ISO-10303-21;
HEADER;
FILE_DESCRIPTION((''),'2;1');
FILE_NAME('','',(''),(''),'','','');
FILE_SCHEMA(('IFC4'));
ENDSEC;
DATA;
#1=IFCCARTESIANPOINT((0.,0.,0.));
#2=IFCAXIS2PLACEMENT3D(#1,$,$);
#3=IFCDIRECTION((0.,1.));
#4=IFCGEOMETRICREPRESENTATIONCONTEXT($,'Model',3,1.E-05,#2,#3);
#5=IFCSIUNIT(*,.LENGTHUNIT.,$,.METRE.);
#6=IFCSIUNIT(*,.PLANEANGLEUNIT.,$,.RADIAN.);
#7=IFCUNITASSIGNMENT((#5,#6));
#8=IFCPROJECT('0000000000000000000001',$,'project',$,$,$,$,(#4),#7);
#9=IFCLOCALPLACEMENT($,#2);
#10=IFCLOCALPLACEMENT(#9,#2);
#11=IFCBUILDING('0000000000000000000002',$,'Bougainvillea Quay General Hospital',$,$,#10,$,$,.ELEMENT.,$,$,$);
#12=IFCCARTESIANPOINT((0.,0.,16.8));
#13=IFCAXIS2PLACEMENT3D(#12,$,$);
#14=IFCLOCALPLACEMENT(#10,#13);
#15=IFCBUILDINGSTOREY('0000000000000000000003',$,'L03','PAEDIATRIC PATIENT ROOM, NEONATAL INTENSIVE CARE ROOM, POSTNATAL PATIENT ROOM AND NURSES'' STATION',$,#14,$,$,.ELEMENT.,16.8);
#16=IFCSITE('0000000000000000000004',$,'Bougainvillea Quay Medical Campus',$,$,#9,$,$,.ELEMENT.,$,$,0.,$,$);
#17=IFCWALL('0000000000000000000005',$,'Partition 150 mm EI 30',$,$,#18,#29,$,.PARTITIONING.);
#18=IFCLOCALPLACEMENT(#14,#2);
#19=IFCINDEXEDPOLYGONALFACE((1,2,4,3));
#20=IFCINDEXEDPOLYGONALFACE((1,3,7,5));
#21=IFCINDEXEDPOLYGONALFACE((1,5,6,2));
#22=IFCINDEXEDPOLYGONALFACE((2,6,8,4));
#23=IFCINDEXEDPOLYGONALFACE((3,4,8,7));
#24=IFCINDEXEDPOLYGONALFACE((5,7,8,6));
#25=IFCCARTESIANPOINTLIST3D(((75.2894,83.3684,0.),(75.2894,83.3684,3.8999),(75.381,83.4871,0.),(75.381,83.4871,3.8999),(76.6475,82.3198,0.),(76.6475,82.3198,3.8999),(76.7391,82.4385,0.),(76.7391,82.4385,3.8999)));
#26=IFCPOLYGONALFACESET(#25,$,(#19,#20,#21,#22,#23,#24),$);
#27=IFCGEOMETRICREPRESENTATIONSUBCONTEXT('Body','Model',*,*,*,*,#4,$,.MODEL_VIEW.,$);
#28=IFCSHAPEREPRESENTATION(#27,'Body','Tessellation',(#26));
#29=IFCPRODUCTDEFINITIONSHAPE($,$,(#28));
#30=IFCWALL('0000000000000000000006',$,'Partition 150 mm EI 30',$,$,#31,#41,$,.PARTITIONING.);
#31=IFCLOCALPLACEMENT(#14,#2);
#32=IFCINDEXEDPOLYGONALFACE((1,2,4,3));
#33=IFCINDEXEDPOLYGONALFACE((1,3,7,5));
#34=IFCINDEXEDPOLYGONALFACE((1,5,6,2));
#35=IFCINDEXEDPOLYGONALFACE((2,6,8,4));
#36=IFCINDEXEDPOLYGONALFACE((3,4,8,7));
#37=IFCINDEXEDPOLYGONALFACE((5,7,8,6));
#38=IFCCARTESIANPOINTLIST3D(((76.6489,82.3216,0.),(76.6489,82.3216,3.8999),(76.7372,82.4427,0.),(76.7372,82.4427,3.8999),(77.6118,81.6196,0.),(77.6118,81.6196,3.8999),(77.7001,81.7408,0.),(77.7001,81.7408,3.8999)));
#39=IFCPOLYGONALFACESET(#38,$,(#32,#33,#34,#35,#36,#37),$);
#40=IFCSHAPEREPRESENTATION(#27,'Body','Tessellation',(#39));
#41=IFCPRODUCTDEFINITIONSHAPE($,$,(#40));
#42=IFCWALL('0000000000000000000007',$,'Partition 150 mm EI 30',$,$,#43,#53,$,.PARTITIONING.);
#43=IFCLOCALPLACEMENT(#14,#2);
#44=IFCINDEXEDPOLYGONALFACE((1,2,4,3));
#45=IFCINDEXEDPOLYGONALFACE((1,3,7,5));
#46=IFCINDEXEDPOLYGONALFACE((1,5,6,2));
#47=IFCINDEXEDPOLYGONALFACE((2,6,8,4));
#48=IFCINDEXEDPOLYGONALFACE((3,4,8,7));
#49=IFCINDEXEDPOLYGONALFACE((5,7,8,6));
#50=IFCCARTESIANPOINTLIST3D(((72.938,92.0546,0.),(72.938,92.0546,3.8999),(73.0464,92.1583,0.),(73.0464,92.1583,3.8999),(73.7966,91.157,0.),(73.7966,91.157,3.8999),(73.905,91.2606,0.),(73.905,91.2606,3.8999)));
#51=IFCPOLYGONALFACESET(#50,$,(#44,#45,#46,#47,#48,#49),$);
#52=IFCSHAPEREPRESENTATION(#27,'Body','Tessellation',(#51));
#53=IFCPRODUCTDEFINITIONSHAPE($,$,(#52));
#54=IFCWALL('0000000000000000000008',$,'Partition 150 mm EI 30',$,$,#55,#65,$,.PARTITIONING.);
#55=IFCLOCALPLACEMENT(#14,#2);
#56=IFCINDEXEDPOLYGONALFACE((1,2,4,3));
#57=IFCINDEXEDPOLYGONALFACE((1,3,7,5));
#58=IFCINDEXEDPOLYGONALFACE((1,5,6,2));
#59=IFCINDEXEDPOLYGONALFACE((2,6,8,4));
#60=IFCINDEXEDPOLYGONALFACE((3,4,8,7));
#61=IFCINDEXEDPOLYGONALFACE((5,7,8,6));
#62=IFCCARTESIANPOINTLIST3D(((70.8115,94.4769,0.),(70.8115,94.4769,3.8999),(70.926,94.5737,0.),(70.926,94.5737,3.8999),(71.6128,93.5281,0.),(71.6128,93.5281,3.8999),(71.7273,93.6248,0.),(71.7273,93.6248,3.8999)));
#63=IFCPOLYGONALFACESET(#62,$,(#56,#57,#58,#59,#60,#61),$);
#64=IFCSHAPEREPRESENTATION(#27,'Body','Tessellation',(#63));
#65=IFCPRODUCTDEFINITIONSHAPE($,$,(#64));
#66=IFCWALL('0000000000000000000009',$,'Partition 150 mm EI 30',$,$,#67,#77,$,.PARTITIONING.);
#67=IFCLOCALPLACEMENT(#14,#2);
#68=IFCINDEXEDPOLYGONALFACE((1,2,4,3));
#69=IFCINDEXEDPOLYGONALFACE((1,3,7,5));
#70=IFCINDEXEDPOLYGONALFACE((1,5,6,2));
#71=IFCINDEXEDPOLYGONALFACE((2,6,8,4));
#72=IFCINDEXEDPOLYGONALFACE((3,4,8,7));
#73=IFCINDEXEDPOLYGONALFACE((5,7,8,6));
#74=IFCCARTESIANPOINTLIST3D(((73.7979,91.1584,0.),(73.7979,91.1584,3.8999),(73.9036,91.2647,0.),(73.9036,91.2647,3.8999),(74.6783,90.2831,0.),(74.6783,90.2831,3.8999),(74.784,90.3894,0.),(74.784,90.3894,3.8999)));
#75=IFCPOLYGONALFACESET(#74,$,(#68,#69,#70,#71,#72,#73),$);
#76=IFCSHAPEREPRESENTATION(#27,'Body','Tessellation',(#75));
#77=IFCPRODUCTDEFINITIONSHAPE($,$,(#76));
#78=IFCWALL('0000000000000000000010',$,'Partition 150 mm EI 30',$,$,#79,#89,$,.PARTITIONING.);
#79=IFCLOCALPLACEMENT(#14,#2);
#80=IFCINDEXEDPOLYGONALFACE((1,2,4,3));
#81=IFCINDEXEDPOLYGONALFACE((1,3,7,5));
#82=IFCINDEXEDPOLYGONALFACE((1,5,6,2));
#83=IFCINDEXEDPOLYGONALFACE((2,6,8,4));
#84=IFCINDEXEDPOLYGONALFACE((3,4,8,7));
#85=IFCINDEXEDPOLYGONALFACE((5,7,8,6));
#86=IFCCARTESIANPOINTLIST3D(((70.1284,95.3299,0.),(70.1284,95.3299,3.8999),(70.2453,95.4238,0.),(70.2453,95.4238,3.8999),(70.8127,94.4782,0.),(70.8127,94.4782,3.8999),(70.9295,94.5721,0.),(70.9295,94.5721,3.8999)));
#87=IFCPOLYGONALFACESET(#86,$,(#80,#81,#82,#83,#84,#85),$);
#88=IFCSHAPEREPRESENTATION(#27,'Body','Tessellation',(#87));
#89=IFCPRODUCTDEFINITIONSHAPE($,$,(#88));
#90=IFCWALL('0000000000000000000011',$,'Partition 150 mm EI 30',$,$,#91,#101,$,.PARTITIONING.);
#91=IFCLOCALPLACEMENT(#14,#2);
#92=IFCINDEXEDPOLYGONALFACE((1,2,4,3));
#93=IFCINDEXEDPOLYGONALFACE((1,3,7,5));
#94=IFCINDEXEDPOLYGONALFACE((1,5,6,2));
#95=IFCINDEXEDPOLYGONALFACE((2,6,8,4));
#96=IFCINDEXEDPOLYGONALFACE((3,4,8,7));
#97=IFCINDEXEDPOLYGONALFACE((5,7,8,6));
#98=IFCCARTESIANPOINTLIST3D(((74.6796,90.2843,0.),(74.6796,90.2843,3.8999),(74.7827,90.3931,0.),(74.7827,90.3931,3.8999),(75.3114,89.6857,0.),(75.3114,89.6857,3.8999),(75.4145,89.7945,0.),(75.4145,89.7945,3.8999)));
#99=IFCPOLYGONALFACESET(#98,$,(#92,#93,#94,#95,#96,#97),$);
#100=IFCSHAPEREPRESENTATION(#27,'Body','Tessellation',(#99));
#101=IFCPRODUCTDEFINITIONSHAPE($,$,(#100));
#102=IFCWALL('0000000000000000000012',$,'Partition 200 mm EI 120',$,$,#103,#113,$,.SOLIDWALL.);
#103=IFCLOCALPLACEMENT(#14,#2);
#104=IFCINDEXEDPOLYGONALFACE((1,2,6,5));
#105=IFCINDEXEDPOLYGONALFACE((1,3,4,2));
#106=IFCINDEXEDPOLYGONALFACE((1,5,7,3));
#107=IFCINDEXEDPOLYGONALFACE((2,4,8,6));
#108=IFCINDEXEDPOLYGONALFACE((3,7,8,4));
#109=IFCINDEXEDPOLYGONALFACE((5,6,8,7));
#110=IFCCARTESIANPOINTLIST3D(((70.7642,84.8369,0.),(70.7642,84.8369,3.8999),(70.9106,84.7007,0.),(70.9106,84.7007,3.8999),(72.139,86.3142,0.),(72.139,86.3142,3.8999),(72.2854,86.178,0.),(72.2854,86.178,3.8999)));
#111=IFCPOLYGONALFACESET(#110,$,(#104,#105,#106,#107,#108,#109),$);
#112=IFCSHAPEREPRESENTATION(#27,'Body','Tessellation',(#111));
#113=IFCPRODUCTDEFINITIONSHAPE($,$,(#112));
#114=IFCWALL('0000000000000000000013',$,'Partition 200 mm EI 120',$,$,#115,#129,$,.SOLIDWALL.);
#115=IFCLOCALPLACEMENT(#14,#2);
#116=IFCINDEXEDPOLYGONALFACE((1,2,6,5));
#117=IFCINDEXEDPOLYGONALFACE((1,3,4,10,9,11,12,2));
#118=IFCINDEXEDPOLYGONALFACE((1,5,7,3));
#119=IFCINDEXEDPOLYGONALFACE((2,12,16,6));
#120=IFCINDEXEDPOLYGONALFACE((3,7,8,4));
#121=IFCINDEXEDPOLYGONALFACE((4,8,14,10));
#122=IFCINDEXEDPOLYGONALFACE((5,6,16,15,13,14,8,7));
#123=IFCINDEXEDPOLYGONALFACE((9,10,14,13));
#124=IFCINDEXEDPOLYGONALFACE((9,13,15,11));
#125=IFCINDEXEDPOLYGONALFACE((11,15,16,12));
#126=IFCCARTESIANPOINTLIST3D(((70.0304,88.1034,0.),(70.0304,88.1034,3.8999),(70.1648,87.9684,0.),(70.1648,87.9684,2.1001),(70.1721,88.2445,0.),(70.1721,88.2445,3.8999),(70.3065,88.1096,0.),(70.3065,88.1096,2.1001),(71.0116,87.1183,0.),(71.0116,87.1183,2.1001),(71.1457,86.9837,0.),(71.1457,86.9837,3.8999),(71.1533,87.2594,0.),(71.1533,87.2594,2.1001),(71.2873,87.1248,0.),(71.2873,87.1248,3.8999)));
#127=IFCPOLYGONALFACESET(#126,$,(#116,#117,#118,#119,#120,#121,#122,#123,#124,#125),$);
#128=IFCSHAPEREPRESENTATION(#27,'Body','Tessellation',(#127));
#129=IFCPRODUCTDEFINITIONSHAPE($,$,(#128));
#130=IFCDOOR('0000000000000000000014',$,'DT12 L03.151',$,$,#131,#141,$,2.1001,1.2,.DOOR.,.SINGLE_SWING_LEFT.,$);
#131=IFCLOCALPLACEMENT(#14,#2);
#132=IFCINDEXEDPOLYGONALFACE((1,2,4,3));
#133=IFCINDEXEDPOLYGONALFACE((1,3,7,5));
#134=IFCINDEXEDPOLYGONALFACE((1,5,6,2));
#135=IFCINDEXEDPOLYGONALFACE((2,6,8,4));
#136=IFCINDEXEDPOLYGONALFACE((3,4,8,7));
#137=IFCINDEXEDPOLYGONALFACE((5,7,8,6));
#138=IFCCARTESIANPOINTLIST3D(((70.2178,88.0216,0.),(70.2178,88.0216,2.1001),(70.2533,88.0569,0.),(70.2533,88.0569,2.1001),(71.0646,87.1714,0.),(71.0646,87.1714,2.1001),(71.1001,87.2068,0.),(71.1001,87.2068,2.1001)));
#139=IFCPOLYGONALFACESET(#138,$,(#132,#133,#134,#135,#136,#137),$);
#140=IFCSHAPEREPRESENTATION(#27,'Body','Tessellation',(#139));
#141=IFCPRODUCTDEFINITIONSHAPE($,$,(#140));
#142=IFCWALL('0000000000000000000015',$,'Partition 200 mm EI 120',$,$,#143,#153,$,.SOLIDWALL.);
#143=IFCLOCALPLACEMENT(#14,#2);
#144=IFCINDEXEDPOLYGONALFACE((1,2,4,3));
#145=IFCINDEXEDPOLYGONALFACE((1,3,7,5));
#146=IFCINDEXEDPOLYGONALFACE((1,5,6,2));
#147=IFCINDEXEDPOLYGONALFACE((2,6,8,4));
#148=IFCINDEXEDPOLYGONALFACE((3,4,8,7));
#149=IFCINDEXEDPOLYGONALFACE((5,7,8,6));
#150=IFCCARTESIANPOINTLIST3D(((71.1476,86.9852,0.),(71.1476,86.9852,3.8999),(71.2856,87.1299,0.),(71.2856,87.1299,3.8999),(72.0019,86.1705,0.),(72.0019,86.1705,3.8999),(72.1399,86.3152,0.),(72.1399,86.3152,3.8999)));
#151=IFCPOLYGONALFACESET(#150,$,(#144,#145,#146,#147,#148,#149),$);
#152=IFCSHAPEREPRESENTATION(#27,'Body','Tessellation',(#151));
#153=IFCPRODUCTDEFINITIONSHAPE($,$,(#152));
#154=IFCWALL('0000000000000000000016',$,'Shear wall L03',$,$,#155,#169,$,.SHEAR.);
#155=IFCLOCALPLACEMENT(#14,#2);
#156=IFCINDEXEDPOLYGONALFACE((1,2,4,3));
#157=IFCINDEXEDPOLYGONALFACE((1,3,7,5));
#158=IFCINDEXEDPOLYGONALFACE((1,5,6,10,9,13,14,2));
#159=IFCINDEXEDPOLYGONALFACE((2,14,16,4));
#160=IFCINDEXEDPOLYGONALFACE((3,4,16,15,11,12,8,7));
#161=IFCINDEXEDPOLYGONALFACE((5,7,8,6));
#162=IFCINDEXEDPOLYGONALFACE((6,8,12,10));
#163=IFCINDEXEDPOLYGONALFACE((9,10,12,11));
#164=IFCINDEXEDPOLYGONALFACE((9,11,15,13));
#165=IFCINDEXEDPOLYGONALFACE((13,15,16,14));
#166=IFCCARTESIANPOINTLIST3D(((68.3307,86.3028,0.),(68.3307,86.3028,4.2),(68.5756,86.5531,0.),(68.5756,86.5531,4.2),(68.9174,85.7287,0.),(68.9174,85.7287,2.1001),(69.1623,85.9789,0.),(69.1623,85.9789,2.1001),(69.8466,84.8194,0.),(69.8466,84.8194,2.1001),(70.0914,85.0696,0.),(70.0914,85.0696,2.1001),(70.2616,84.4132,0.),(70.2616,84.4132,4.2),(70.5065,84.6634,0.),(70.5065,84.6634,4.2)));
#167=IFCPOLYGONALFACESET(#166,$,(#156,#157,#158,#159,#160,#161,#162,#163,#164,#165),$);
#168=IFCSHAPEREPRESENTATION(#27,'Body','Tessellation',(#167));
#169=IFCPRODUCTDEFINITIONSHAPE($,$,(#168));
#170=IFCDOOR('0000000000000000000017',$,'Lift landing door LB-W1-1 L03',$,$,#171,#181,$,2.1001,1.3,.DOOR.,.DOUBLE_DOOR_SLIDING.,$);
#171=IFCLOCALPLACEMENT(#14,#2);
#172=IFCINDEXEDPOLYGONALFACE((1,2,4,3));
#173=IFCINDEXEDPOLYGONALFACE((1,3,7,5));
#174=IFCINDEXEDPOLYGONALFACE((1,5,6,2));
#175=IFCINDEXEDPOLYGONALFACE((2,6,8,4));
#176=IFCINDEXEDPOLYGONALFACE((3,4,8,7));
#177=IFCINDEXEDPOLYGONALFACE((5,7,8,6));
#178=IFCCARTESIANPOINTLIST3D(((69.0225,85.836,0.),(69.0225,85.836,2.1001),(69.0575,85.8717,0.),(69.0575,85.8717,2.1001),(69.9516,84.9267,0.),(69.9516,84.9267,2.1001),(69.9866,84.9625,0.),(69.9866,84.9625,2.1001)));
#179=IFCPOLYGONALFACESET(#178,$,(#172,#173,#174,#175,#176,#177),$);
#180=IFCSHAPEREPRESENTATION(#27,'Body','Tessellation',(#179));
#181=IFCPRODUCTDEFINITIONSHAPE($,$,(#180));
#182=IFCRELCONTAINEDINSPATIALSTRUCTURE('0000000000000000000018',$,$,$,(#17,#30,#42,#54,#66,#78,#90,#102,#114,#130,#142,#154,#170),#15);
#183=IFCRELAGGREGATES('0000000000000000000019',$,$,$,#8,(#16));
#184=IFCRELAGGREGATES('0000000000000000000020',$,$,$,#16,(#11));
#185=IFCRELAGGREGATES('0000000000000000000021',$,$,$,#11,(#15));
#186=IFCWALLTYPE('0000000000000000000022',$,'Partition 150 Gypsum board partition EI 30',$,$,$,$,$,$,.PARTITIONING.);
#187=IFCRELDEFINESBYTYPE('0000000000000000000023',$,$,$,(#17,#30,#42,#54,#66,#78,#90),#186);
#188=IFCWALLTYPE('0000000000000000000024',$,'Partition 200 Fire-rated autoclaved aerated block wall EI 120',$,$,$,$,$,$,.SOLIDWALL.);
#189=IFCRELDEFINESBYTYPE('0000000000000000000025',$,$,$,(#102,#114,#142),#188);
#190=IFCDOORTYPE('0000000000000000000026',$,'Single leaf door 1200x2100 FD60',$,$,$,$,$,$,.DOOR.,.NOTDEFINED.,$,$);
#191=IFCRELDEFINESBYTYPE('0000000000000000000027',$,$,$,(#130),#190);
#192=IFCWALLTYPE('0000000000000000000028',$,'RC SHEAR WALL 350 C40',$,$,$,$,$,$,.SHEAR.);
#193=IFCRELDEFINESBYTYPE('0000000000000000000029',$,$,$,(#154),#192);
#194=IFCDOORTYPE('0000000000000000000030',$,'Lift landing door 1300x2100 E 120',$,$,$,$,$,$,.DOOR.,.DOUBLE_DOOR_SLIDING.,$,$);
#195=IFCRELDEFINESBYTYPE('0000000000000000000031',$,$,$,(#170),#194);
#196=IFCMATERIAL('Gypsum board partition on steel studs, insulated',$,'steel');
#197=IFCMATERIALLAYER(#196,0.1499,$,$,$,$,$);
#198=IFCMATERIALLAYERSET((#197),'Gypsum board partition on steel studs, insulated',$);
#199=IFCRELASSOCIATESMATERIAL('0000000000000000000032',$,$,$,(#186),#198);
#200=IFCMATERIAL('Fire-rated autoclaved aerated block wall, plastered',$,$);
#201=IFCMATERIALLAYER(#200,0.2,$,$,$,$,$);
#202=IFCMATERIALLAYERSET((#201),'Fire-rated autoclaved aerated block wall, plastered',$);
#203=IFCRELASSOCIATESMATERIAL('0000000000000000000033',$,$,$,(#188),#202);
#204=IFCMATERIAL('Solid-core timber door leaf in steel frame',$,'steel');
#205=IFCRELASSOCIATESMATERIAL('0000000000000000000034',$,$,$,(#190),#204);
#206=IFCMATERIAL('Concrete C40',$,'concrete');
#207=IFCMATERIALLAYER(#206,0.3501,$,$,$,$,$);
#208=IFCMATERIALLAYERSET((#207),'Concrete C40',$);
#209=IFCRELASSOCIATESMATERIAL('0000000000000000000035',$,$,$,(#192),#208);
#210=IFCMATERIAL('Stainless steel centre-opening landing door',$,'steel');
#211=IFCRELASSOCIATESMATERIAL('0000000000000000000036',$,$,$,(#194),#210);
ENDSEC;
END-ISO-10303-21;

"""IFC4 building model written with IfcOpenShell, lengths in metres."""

from ifc_helpers import new_model, si_unit, direction, frame, frame_2d, origin, place, context, subcontext, project, spatial, rectangle, extrude, material, layer, layer_set, type_object, element, fill, save


model = new_model("IFC4")

# Units and contexts
model_context = context("Model", 3, precision=1e-05, world=origin(), true_north=direction((0.0, 1.0)))
body_context = subcontext(model_context, "Body", "Model", "MODEL_VIEW")
ifc_project = project(units=[si_unit("LENGTHUNIT", "METRE"), si_unit("PLANEANGLEUNIT", "RADIAN")], contexts=[model_context])

# Site, building, storey
site_placement = place(None, origin())
site = spatial("IfcSite", under=ifc_project, at=site_placement, Name="Bougainvillea Quay Medical Campus", CompositionType="ELEMENT", RefElevation=0.0)
building_placement = place(site_placement, origin())
building = spatial("IfcBuilding", under=site, at=building_placement, Name="Bougainvillea Quay General Hospital", CompositionType="ELEMENT")
storey_placement = place(building_placement, frame((0.0, 0.0, 16.8)))
storey = spatial("IfcBuildingStorey", under=building, at=storey_placement, Name="L03", Description="PAEDIATRIC PATIENT ROOM, NEONATAL INTENSIVE CARE ROOM, POSTNATAL PATIENT ROOM AND NURSES' STATION", CompositionType="ELEMENT", Elevation=16.8)

# Shared definitions
ifc_material_1 = material(Name="Concrete C40", Category="concrete")

# Shared definitions
ifc_material_2 = material(Name="Gypsum board partition on steel studs, insulated", Category="steel")
ifc_layer_1 = layer(ifc_material_2, 0.1499)
ifc_layer_set_1 = layer_set([ifc_layer_1], Name="Gypsum board partition on steel studs, insulated")
wall_type_1 = type_object("IfcWallType", Name="Partition 150 Gypsum board partition EI 30", PredefinedType="PARTITIONING", material=ifc_layer_set_1)
ifc_material_3 = material(Name="Solid-core timber door leaf in steel frame", Category="steel")

# Walls
wall_1_placement = place(storey_placement, frame((75.3352, 83.4277, 0.0), z_axis=(0.0, 0.0, 1.0), x_axis=(0.791538, -0.611119, 0.0)))
element("IfcWall", 1, at=wall_1_placement, inside=storey, type_object=wall_type_1, Name="Partition 150 mm EI 30", PredefinedType="PARTITIONING", context=body_context, shape_type="SweptSolid", body=[
    extrude(rectangle(XDim=1.7158, YDim=0.1499, at=frame_2d((0.8579, 0.0))), origin(), (0.0, 0.0, 1.0), 3.8999),
])
wall_2_placement = place(storey_placement, frame((76.6931, 82.3821, 0.0), z_axis=(0.0, 0.0, 1.0), x_axis=(0.808089, -0.589061, 0.0)))
element("IfcWall", 2, at=wall_2_placement, inside=storey, type_object=wall_type_1, Name="Partition 150 mm EI 30", PredefinedType="PARTITIONING", context=body_context, shape_type="SweptSolid", body=[
    extrude(rectangle(XDim=1.1917, YDim=0.1499, at=frame_2d((0.5957, 0.0))), origin(), (0.0, 0.0, 1.0), 3.8999),
])
wall_3_placement = place(storey_placement, frame((72.9922, 92.1064, 0.0), z_axis=(0.0, 0.0, 1.0), x_axis=(0.691209, -0.722655, 0.0)))
element("IfcWall", 3, at=wall_3_placement, inside=storey, type_object=wall_type_1, Name="Partition 150 mm EI 30", PredefinedType="PARTITIONING", context=body_context, shape_type="SweptSolid", body=[
    extrude(rectangle(XDim=1.2422, YDim=0.1499, at=frame_2d((0.6211, 0.0))), origin(), (0.0, 0.0, 1.0), 3.8999),
])
wall_4_placement = place(storey_placement, frame((70.8687, 94.5254, 0.0), z_axis=(0.0, 0.0, 1.0), x_axis=(0.645237, -0.763983, 0.0)))
element("IfcWall", 4, at=wall_4_placement, inside=storey, type_object=wall_type_1, Name="Partition 150 mm EI 30", PredefinedType="PARTITIONING", context=body_context, shape_type="SweptSolid", body=[
    extrude(rectangle(XDim=1.2419, YDim=0.1499, at=frame_2d((0.6211, 0.0))), origin(), (0.0, 0.0, 1.0), 3.8999),
])
wall_5_placement = place(storey_placement, frame((73.8508, 91.2114, 0.0), z_axis=(0.0, 0.0, 1.0), x_axis=(0.709169, -0.705039, 0.0)))
element("IfcWall", 5, at=wall_5_placement, inside=storey, type_object=wall_type_1, Name="Partition 150 mm EI 30", PredefinedType="PARTITIONING", context=body_context, shape_type="SweptSolid", body=[
    extrude(rectangle(XDim=1.2415, YDim=0.1499, at=frame_2d((0.6206, 0.0))), origin(), (0.0, 0.0, 1.0), 3.8999),
])
wall_6_placement = place(storey_placement, frame((70.1868, 95.377, 0.0), z_axis=(0.0, 0.0, 1.0), x_axis=(0.626301, -0.779581, 0.0)))
element("IfcWall", 6, at=wall_6_placement, inside=storey, type_object=wall_type_1, Name="Partition 150 mm EI 30", PredefinedType="PARTITIONING", context=body_context, shape_type="SweptSolid", body=[
    extrude(rectangle(XDim=1.0925, YDim=0.1499, at=frame_2d((0.5464, 0.0))), origin(), (0.0, 0.0, 1.0), 3.8999),
])
wall_7_placement = place(storey_placement, frame((74.7312, 90.3386, 0.0), z_axis=(0.0, 0.0, 1.0), x_axis=(0.725923, -0.687776, 0.0)))
element("IfcWall", 7, at=wall_7_placement, inside=storey, type_object=wall_type_1, Name="Partition 150 mm EI 30", PredefinedType="PARTITIONING", context=body_context, shape_type="SweptSolid", body=[
    extrude(rectangle(XDim=0.8704, YDim=0.1499, at=frame_2d((0.4351, 0.0))), origin(), (0.0, 0.0, 1.0), 3.8999),
])
ifc_material_4 = material(Name="Fire-rated autoclaved aerated block wall, plastered")
ifc_layer_2 = layer(ifc_material_4, 0.2)
ifc_layer_set_2 = layer_set([ifc_layer_2], Name="Fire-rated autoclaved aerated block wall, plastered")
wall_type_2 = type_object("IfcWallType", Name="Partition 200 Fire-rated autoclaved aerated block wall EI 120", PredefinedType="SOLIDWALL", material=ifc_layer_set_2)
wall_8_placement = place(storey_placement, frame((70.8374, 84.7688, 0.0), z_axis=(0.0, 0.0, 1.0), x_axis=(0.681244, 0.732056, 0.0)))
element("IfcWall", 8, at=wall_8_placement, inside=storey, type_object=wall_type_2, Name="Partition 200 mm EI 120", PredefinedType="SOLIDWALL", context=body_context, shape_type="SweptSolid", body=[
    extrude(rectangle(XDim=2.0181, YDim=0.2, at=frame_2d((1.009, 0.0))), origin(), (0.0, 0.0, 1.0), 3.8999),
])

# Wall, opening, door
wall_9_placement = place(storey_placement, frame((70.1013, 88.1738, 0.0), z_axis=(0.0, 0.0, 1.0), x_axis=(0.705715, -0.708496, 0.0)))
wall_9 = element("IfcWall", 9, at=wall_9_placement, inside=storey, type_object=wall_type_2, Name="Partition 200 mm EI 120", PredefinedType="SOLIDWALL", context=body_context, shape_type="SweptSolid", body=[
    extrude(rectangle(XDim=1.5803, YDim=0.2, at=frame_2d((0.79, 0.0))), origin(), (0.0, 0.0, 1.0), 3.8999),
])
opening_1_placement = place(wall_9_placement, frame((0.1902, 0.0, 0.0)))
opening_1 = element("IfcOpeningElement", 10, at=opening_1_placement, cuts=wall_9, PredefinedType="OPENING", context=body_context, shape_type="SweptSolid", body=[
    extrude(rectangle(XDim=1.2, YDim=2.1001, at=frame_2d((0.6001, 1.05))), frame((0.0, 0.1099, 0.0), z_axis=(0.0, -1.0, 0.0), x_axis=(1.0, 0.0, 0.0)), (0.0, 0.0, 1.0), 0.22),
])
door_type_1 = type_object("IfcDoorType", Name="Single leaf door 1200x2100 FD60", OperationType="NOTDEFINED", PredefinedType="DOOR", material=ifc_material_3)
door_1_placement = place(opening_1_placement, frame((1.2, 0.0, 0.0), z_axis=(0.0, 0.0, 1.0), x_axis=(-1.0, 0.0, 0.0)))
door_1 = element("IfcDoor", 11, at=door_1_placement, inside=storey, type_object=door_type_1, Name="DT12 L03.151", OperationType="SINGLE_SWING_LEFT", OverallHeight=2.1001, OverallWidth=1.2, PredefinedType="DOOR", context=body_context, shape_type="SweptSolid", body=[
    extrude(rectangle(XDim=1.2, YDim=2.1001, at=frame_2d((0.6001, 1.05))), frame((0.0, 0.0249, 0.0), z_axis=(0.0, -1.0, 0.0), x_axis=(1.0, 0.0, 0.0)), (0.0, 0.0, 1.0), 0.05),
])
fill(opening_1, door_1)

# Wall
wall_10_placement = place(storey_placement, frame((71.2166, 87.0576, 0.0), z_axis=(0.0, 0.0, 1.0), x_axis=(0.723661, -0.690156, 0.0)))
element("IfcWall", 12, at=wall_10_placement, inside=storey, type_object=wall_type_2, Name="Partition 200 mm EI 120", PredefinedType="SOLIDWALL", context=body_context, shape_type="SweptSolid", body=[
    extrude(rectangle(XDim=1.1804, YDim=0.2, at=frame_2d((0.5903, 0.0))), origin(), (0.0, 0.0, 1.0), 3.8999),
])

# Wall, opening, door
ifc_layer_3 = layer(ifc_material_1, 0.3501)
ifc_layer_set_3 = layer_set([ifc_layer_3], Name="Concrete C40")
wall_type_3 = type_object("IfcWallType", Name="RC SHEAR WALL 350 C40", PredefinedType="SHEAR", material=ifc_layer_set_3)
wall_11_placement = place(storey_placement, frame((70.384, 84.5383, 0.0), z_axis=(0.0, 0.0, 1.0), x_axis=(-0.714701, 0.69943, 0.0)))
wall_11 = element("IfcWall", 13, at=wall_11_placement, inside=storey, type_object=wall_type_3, Name="Shear wall L03", PredefinedType="SHEAR", context=body_context, shape_type="SweptSolid", body=[
    extrude(rectangle(XDim=2.7017, YDim=0.3501, at=frame_2d((1.3508, 0.0))), origin(), (0.0, 0.0, 1.0), 4.2),
])
opening_2_placement = place(wall_11_placement, frame((0.5808, 0.0, 0.0)))
opening_2 = element("IfcOpeningElement", 14, at=opening_2_placement, cuts=wall_11, PredefinedType="OPENING", context=body_context, shape_type="SweptSolid", body=[
    extrude(rectangle(XDim=1.3, YDim=2.1001, at=frame_2d((0.6499, 1.05))), frame((0.0, 0.1851, 0.0), z_axis=(0.0, -1.0, 0.0), x_axis=(1.0, 0.0, 0.0)), (0.0, 0.0, 1.0), 0.3701),
])
ifc_material_5 = material(Name="Stainless steel centre-opening landing door", Category="steel")
door_type_2 = type_object("IfcDoorType", Name="Lift landing door 1300x2100 E 120", OperationType="DOUBLE_DOOR_SLIDING", PredefinedType="DOOR", material=ifc_material_5)
door_2_placement = place(opening_2_placement, origin())
door_2 = element("IfcDoor", 15, at=door_2_placement, inside=storey, type_object=door_type_2, Name="Lift landing door LB-W1-1 L03", OperationType="DOUBLE_DOOR_SLIDING", OverallHeight=2.1001, OverallWidth=1.3, PredefinedType="DOOR", context=body_context, shape_type="SweptSolid", body=[
    extrude(rectangle(XDim=1.3, YDim=2.1001, at=frame_2d((0.6499, 1.05))), frame((0.0, 0.0249, 0.0), z_axis=(0.0, -1.0, 0.0), x_axis=(1.0, 0.0, 0.0)), (0.0, 0.0, 1.0), 0.05),
])
fill(opening_2, door_2)

save(model, "model.ifc")
